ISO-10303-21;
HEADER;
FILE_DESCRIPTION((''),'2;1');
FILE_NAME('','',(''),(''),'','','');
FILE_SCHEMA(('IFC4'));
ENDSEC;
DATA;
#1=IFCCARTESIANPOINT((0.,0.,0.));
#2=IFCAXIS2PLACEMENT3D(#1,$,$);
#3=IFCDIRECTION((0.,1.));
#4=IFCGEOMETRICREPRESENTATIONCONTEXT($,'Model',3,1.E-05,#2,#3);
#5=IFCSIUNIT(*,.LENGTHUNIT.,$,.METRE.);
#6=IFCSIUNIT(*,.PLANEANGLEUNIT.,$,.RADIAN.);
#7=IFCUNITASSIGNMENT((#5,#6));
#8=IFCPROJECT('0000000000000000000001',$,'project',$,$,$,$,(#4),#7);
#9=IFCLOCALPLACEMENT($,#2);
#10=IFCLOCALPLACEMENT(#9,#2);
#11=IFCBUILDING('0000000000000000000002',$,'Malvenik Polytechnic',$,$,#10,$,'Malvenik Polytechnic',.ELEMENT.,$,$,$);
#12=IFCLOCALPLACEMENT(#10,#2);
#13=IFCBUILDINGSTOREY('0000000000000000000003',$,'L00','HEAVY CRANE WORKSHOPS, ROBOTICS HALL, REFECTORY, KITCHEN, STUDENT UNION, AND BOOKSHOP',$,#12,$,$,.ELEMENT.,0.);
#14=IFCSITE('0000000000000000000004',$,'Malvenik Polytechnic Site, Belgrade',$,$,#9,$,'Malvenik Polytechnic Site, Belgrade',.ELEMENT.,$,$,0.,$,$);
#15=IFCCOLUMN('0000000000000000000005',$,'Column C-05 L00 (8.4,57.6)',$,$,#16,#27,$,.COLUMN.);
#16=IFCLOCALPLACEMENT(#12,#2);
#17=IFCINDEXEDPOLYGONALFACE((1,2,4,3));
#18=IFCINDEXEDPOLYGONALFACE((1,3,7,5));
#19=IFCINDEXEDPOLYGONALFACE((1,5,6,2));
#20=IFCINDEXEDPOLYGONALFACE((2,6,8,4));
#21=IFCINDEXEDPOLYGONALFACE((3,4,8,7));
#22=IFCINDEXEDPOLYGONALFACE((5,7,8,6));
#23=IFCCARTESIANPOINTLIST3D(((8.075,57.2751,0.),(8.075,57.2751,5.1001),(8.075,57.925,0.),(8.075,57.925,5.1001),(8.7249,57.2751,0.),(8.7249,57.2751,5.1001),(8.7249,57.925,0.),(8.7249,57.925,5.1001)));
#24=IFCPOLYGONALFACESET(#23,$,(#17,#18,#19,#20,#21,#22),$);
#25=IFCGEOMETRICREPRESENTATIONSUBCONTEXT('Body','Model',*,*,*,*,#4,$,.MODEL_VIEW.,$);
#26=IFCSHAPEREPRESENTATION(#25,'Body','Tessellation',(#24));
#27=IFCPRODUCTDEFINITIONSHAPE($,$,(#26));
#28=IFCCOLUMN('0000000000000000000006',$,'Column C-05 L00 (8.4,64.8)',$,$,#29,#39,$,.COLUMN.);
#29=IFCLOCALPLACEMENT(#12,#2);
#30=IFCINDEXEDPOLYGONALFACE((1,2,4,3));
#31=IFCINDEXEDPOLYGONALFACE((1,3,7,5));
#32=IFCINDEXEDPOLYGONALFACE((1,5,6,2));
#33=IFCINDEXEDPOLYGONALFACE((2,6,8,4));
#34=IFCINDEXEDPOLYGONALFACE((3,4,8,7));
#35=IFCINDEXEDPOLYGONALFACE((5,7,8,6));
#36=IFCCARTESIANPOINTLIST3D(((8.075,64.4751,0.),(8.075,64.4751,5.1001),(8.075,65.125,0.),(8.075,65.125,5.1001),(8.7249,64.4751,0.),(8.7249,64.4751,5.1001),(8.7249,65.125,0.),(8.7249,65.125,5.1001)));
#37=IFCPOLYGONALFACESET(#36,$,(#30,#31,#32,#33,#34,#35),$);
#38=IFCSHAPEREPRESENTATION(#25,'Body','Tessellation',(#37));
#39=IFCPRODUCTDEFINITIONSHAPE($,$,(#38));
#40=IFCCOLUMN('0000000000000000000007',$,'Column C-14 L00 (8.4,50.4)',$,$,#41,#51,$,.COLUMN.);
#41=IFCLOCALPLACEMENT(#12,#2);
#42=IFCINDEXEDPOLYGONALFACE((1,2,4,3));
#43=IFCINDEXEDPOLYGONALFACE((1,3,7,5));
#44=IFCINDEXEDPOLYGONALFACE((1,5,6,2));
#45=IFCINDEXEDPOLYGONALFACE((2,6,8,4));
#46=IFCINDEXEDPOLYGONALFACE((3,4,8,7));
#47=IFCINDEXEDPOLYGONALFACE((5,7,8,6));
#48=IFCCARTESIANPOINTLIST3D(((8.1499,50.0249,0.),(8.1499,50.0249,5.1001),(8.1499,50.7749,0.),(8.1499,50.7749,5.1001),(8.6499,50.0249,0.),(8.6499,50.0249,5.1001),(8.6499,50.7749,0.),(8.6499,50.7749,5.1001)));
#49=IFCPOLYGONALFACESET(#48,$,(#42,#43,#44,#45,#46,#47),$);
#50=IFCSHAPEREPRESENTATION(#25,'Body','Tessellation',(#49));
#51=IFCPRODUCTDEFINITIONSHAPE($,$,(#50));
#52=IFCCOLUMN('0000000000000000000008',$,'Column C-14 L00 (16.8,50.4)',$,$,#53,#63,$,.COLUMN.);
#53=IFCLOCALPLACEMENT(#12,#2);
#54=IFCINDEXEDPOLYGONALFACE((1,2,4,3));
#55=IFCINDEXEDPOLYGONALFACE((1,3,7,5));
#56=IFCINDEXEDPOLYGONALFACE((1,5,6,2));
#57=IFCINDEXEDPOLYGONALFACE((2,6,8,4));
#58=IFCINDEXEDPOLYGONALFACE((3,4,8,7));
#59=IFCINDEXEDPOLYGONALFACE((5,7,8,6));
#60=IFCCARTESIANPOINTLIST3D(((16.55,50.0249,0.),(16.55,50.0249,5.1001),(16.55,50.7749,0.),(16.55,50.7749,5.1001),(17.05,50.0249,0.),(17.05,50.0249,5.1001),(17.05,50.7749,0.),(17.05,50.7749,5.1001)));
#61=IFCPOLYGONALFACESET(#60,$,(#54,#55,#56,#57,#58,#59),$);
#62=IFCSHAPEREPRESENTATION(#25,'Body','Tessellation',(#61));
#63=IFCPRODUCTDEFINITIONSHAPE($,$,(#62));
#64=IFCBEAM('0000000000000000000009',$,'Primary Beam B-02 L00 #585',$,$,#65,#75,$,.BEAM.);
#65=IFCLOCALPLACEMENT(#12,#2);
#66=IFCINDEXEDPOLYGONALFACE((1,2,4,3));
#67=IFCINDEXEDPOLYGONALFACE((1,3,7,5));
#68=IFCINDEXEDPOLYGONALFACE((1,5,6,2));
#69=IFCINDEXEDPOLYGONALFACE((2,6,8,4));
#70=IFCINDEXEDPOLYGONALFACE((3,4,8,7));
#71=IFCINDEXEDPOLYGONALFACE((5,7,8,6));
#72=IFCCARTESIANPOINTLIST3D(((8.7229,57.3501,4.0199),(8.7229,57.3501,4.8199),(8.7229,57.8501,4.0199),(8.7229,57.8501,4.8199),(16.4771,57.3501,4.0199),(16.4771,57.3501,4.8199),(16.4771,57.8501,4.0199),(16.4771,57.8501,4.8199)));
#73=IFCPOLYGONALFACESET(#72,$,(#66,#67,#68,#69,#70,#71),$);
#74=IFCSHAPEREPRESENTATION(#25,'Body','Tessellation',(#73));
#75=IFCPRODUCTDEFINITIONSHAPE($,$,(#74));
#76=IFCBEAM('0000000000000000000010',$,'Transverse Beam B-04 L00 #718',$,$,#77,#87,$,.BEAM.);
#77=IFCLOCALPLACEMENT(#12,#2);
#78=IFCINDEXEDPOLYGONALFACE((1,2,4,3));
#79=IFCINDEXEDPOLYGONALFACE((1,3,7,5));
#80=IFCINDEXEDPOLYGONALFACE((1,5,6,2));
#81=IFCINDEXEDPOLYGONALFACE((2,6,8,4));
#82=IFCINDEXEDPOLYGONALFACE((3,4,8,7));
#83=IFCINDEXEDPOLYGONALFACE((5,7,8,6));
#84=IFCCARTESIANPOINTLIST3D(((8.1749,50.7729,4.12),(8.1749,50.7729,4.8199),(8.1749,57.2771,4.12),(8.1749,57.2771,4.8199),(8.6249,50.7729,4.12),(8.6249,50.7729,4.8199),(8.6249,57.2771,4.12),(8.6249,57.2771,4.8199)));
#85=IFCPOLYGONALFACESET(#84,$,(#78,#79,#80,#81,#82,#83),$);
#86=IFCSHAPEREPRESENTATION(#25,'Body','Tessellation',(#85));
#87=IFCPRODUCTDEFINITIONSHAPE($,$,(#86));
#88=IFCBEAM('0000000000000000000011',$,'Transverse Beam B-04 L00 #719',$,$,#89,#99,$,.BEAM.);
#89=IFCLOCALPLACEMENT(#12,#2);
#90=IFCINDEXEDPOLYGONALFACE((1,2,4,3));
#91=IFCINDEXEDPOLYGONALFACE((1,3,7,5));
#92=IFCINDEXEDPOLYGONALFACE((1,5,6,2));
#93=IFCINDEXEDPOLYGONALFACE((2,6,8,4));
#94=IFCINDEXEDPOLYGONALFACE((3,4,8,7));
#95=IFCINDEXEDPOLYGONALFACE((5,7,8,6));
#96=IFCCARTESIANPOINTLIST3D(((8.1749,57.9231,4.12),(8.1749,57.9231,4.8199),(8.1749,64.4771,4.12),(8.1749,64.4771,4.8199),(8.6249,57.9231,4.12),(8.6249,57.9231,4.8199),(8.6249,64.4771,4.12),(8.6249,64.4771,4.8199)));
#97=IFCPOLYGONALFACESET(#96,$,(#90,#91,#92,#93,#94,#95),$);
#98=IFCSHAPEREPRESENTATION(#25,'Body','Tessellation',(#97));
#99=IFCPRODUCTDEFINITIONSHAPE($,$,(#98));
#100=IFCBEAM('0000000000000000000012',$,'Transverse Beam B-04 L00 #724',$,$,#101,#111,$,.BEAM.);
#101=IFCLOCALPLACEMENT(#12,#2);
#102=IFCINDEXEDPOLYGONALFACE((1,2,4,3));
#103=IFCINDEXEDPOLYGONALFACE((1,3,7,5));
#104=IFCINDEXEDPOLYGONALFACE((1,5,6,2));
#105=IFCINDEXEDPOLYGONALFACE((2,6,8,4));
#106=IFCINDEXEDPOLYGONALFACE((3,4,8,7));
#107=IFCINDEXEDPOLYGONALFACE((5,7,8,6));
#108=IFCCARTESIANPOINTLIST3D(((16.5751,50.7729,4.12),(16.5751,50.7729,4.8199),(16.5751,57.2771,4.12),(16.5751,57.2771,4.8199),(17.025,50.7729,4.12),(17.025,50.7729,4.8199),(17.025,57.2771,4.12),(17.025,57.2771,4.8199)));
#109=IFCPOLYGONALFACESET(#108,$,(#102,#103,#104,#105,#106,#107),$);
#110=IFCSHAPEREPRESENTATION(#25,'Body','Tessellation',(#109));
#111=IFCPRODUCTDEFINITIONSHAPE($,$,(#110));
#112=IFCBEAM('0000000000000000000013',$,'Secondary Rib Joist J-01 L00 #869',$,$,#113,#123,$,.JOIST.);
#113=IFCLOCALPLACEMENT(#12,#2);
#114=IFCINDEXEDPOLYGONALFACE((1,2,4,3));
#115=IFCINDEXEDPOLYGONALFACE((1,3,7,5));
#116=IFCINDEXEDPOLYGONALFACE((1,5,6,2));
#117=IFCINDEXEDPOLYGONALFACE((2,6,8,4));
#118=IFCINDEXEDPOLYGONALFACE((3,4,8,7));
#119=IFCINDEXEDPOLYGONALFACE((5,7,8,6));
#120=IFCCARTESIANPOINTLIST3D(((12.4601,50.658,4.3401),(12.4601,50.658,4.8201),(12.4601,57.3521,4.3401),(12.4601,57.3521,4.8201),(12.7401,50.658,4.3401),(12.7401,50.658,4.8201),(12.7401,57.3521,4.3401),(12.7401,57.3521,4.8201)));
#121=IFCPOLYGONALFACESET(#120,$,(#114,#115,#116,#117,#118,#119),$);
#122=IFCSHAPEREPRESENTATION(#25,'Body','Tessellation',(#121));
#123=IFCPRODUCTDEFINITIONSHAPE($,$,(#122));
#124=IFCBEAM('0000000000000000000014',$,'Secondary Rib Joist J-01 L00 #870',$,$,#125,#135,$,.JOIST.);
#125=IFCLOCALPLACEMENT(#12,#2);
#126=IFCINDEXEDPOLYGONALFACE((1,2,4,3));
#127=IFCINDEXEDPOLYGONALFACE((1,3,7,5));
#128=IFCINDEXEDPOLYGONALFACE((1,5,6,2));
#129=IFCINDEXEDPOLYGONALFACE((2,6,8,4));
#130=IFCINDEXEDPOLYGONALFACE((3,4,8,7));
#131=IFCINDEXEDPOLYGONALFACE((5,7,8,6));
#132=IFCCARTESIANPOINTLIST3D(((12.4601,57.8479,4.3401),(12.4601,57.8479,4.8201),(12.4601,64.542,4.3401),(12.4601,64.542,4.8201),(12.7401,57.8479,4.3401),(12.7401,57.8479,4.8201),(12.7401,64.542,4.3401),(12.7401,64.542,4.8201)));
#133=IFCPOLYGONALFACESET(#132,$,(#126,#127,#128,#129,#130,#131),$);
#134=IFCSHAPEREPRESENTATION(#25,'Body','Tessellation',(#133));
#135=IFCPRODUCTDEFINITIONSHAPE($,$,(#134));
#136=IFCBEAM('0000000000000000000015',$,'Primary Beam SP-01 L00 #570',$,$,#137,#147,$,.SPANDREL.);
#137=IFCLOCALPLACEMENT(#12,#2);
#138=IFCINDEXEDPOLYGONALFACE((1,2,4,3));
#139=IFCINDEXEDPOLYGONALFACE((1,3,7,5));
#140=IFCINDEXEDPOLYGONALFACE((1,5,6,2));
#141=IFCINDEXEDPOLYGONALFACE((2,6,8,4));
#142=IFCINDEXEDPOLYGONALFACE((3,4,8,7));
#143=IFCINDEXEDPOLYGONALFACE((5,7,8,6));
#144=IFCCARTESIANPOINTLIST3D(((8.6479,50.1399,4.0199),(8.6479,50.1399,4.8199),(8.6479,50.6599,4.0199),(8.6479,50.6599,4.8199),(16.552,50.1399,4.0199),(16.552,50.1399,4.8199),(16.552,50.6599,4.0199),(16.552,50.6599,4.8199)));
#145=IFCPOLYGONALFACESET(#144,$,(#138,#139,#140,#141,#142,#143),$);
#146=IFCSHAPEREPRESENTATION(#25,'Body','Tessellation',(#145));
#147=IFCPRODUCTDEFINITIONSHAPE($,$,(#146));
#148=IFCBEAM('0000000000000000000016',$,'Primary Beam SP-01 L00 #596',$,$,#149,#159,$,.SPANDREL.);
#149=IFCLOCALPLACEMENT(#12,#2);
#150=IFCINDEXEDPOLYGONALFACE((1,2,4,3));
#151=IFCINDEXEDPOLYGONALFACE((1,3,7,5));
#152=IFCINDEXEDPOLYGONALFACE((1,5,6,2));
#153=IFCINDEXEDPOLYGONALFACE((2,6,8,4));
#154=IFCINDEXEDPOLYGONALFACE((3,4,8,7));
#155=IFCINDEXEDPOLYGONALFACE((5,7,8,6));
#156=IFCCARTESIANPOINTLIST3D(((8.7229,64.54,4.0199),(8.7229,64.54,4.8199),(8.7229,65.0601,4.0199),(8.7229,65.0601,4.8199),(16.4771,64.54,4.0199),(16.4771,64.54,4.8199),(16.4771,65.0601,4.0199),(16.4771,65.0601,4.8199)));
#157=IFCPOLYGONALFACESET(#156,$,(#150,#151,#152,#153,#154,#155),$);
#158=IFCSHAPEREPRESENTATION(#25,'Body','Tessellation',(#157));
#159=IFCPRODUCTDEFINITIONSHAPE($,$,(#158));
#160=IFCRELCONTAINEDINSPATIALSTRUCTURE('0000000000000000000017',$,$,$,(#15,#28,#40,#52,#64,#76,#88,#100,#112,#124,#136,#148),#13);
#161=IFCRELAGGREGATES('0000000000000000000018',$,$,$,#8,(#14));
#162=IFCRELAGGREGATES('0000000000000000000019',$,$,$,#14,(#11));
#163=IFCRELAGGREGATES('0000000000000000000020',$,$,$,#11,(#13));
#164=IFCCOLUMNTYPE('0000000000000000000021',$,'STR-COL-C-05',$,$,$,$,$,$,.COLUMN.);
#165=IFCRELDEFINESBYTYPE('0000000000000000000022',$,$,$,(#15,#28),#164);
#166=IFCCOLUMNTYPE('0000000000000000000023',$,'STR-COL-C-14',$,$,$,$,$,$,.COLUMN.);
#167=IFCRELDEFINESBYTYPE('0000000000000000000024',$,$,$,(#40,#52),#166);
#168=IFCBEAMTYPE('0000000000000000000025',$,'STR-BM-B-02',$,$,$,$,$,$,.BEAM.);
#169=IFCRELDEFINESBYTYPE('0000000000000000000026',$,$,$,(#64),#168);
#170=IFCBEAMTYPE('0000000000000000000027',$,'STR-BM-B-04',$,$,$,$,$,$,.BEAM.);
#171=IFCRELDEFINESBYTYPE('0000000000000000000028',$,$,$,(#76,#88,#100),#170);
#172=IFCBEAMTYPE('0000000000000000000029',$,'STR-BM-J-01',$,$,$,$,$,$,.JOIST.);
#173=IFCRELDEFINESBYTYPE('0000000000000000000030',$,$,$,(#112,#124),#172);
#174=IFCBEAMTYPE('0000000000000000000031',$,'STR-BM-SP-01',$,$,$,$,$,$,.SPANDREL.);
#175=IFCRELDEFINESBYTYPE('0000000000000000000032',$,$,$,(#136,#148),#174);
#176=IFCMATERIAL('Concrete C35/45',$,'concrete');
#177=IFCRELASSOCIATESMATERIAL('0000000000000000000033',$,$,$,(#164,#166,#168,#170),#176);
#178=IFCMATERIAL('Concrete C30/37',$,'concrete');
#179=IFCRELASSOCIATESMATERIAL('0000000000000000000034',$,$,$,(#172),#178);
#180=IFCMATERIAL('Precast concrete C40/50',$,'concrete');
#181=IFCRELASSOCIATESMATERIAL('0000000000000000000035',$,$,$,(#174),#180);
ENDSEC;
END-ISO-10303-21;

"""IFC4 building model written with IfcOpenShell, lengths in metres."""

from ifc_helpers import new_model, si_unit, direction, frame, origin, origin_2d, place, context, subcontext, project, spatial, rectangle, extrude, material, material_profile, profile_set, type_object, element, save


model = new_model("IFC4")

# Units and contexts
model_context = context("Model", 3, precision=1e-05, world=origin(), true_north=direction((0.0, 1.0)))
body_context = subcontext(model_context, "Body", "Model", "MODEL_VIEW")
ifc_project = project(units=[si_unit("LENGTHUNIT", "METRE"), si_unit("PLANEANGLEUNIT", "RADIAN")], contexts=[model_context])

# Site, building, storey
site_placement = place(None, origin())
site = spatial("IfcSite", under=ifc_project, at=site_placement, Name="Malvenik Polytechnic Site, Belgrade", LongName="Malvenik Polytechnic Site, Belgrade", CompositionType="ELEMENT", RefElevation=0.0)
building_placement = place(site_placement, origin())
building = spatial("IfcBuilding", under=site, at=building_placement, Name="Malvenik Polytechnic", LongName="Malvenik Polytechnic", CompositionType="ELEMENT")
storey_placement = place(building_placement, origin())
storey = spatial("IfcBuildingStorey", under=building, at=storey_placement, Name="L00", Description="HEAVY CRANE WORKSHOPS, ROBOTICS HALL, REFECTORY, KITCHEN, STUDENT UNION, AND BOOKSHOP", CompositionType="ELEMENT", Elevation=0.0)

# Columns
ifc_material_1 = material(Name="Concrete C35/45", Category="concrete")
ifc_material_profile_1 = material_profile(ifc_material_1, rectangle(XDim=0.6499, YDim=0.6499, at=origin_2d()), Name="RC COL 650x650")
ifc_profile_set_1 = profile_set([ifc_material_profile_1], Name="Concrete C35/45")
column_type_1 = type_object("IfcColumnType", Name="STR-COL-C-05", PredefinedType="COLUMN", material=ifc_profile_set_1)
for number, where, z_axis, x_axis, name in (
    (1, (8.3999, 57.6001, 0.0), (0.0, 0.0, 1.0), (1.0, 0.0, 0.0), "Column C-05 L00 (8.4,57.6)"),
    (2, (8.3999, 64.8, 0.0), (0.0, 0.0, 1.0), (1.0, 0.0, 0.0), "Column C-05 L00 (8.4,64.8)"),
):
    element("IfcColumn", number, at=place(storey_placement, frame(where, z_axis=z_axis, x_axis=x_axis)), inside=storey, type_object=column_type_1, Name=name, PredefinedType="COLUMN", context=body_context, shape_type="SweptSolid", body=[
        extrude(rectangle(XDim=0.6499, YDim=0.6499, at=origin_2d()), origin(), (0.0, 0.0, 1.0), 5.1001),
    ])
ifc_material_profile_2 = material_profile(ifc_material_1, rectangle(XDim=0.5, YDim=0.75, at=origin_2d()), Name="RC COL 750x500")
ifc_profile_set_2 = profile_set([ifc_material_profile_2], Name="Concrete C35/45")
column_type_2 = type_object("IfcColumnType", Name="STR-COL-C-14", PredefinedType="COLUMN", material=ifc_profile_set_2)
for number, where, z_axis, x_axis, name in (
    (3, (8.3999, 50.3999, 0.0), (0.0, 0.0, 1.0), (1.0, 0.0, 0.0), "Column C-14 L00 (8.4,50.4)"),
    (4, (16.8, 50.3999, 0.0), (0.0, 0.0, 1.0), (1.0, 0.0, 0.0), "Column C-14 L00 (16.8,50.4)"),
):
    element("IfcColumn", number, at=place(storey_placement, frame(where, z_axis=z_axis, x_axis=x_axis)), inside=storey, type_object=column_type_2, Name=name, PredefinedType="COLUMN", context=body_context, shape_type="SweptSolid", body=[
        extrude(rectangle(XDim=0.5, YDim=0.75, at=origin_2d()), origin(), (0.0, 0.0, 1.0), 5.1001),
    ])

# Beams
ifc_material_profile_3 = material_profile(ifc_material_1, rectangle(XDim=0.5, YDim=0.8, at=origin_2d()), Name="RC BM 500x800")
ifc_profile_set_3 = profile_set([ifc_material_profile_3], Name="Concrete C35/45")
beam_type_1 = type_object("IfcBeamType", Name="STR-BM-B-02", PredefinedType="BEAM", material=ifc_profile_set_3)
beam_1_placement = place(storey_placement, frame((8.7229, 57.6001, 4.4199), z_axis=(1.0, 0.0, 0.0), x_axis=(0.0, 1.0, 0.0)))
element("IfcBeam", 5, at=beam_1_placement, inside=storey, type_object=beam_type_1, Name="Primary Beam B-02 L00 #585", PredefinedType="BEAM", context=body_context, shape_type="SweptSolid", body=[
    extrude(rectangle(XDim=0.5, YDim=0.8, at=origin_2d()), origin(), (0.0, 0.0, 1.0), 7.7542),
])
ifc_material_profile_4 = material_profile(ifc_material_1, rectangle(XDim=0.45, YDim=0.7, at=origin_2d()), Name="RC BM 450x700")
ifc_profile_set_4 = profile_set([ifc_material_profile_4], Name="Concrete C35/45")
beam_type_2 = type_object("IfcBeamType", Name="STR-BM-B-04", PredefinedType="BEAM", material=ifc_profile_set_4)
beam_2_placement = place(storey_placement, frame((8.3999, 50.7729, 4.47), z_axis=(0.0, 1.0, 0.0), x_axis=(-1.0, 0.0, 0.0)))
element("IfcBeam", 6, at=beam_2_placement, inside=storey, type_object=beam_type_2, Name="Transverse Beam B-04 L00 #718", PredefinedType="BEAM", context=body_context, shape_type="SweptSolid", body=[
    extrude(rectangle(XDim=0.45, YDim=0.7, at=origin_2d()), origin(), (0.0, 0.0, 1.0), 6.5042),
])
beam_3_placement = place(storey_placement, frame((8.3999, 57.9231, 4.47), z_axis=(0.0, 1.0, 0.0), x_axis=(-1.0, 0.0, 0.0)))
element("IfcBeam", 7, at=beam_3_placement, inside=storey, type_object=beam_type_2, Name="Transverse Beam B-04 L00 #719", PredefinedType="BEAM", context=body_context, shape_type="SweptSolid", body=[
    extrude(rectangle(XDim=0.45, YDim=0.7, at=origin_2d()), origin(), (0.0, 0.0, 1.0), 6.554),
])
beam_4_placement = place(storey_placement, frame((16.8, 50.7729, 4.47), z_axis=(0.0, 1.0, 0.0), x_axis=(-1.0, 0.0, 0.0)))
element("IfcBeam", 8, at=beam_4_placement, inside=storey, type_object=beam_type_2, Name="Transverse Beam B-04 L00 #724", PredefinedType="BEAM", context=body_context, shape_type="SweptSolid", body=[
    extrude(rectangle(XDim=0.45, YDim=0.7, at=origin_2d()), origin(), (0.0, 0.0, 1.0), 6.5042),
])
ifc_material_2 = material(Name="Concrete C30/37", Category="concrete")
ifc_material_profile_5 = material_profile(ifc_material_2, rectangle(XDim=0.28, YDim=0.48, at=origin_2d()), Name="RC JST 280x480")
ifc_profile_set_5 = profile_set([ifc_material_profile_5], Name="Concrete C30/37")
beam_type_3 = type_object("IfcBeamType", Name="STR-BM-J-01", PredefinedType="JOIST", material=ifc_profile_set_5)
for number, where, z_axis, x_axis, name in (
    (9, (12.6001, 50.658, 4.5801), (0.0, 1.0, 0.0), (-1.0, 0.0, 0.0), "Secondary Rib Joist J-01 L00 #869"),
    (10, (12.6001, 57.8479, 4.5801), (0.0, 1.0, 0.0), (-1.0, 0.0, 0.0), "Secondary Rib Joist J-01 L00 #870"),
):
    element("IfcBeam", number, at=place(storey_placement, frame(where, z_axis=z_axis, x_axis=x_axis)), inside=storey, type_object=beam_type_3, Name=name, PredefinedType="JOIST", context=body_context, shape_type="SweptSolid", body=[
        extrude(rectangle(XDim=0.28, YDim=0.48, at=origin_2d()), origin(), (0.0, 0.0, 1.0), 6.6941),
    ])
ifc_material_3 = material(Name="Precast concrete C40/50", Category="concrete")
ifc_material_profile_6 = material_profile(ifc_material_3, rectangle(XDim=0.52, YDim=0.8, at=origin_2d()), Name="PC SPN 520x800")
ifc_profile_set_6 = profile_set([ifc_material_profile_6], Name="Precast concrete C40/50")
beam_type_4 = type_object("IfcBeamType", Name="STR-BM-SP-01", PredefinedType="SPANDREL", material=ifc_profile_set_6)
beam_5_placement = place(storey_placement, frame((8.6479, 50.3999, 4.4199), z_axis=(1.0, 0.0, 0.0), x_axis=(0.0, 1.0, 0.0)))
element("IfcBeam", 11, at=beam_5_placement, inside=storey, type_object=beam_type_4, Name="Primary Beam SP-01 L00 #570", PredefinedType="SPANDREL", context=body_context, shape_type="SweptSolid", body=[
    extrude(rectangle(XDim=0.52, YDim=0.8, at=origin_2d()), origin(), (0.0, 0.0, 1.0), 7.9041),
])
beam_6_placement = place(storey_placement, frame((8.7229, 64.8, 4.4199), z_axis=(1.0, 0.0, 0.0), x_axis=(0.0, 1.0, 0.0)))
element("IfcBeam", 12, at=beam_6_placement, inside=storey, type_object=beam_type_4, Name="Primary Beam SP-01 L00 #596", PredefinedType="SPANDREL", context=body_context, shape_type="SweptSolid", body=[
    extrude(rectangle(XDim=0.52, YDim=0.8, at=origin_2d()), origin(), (0.0, 0.0, 1.0), 7.7542),
])

save(model, "model.ifc")
